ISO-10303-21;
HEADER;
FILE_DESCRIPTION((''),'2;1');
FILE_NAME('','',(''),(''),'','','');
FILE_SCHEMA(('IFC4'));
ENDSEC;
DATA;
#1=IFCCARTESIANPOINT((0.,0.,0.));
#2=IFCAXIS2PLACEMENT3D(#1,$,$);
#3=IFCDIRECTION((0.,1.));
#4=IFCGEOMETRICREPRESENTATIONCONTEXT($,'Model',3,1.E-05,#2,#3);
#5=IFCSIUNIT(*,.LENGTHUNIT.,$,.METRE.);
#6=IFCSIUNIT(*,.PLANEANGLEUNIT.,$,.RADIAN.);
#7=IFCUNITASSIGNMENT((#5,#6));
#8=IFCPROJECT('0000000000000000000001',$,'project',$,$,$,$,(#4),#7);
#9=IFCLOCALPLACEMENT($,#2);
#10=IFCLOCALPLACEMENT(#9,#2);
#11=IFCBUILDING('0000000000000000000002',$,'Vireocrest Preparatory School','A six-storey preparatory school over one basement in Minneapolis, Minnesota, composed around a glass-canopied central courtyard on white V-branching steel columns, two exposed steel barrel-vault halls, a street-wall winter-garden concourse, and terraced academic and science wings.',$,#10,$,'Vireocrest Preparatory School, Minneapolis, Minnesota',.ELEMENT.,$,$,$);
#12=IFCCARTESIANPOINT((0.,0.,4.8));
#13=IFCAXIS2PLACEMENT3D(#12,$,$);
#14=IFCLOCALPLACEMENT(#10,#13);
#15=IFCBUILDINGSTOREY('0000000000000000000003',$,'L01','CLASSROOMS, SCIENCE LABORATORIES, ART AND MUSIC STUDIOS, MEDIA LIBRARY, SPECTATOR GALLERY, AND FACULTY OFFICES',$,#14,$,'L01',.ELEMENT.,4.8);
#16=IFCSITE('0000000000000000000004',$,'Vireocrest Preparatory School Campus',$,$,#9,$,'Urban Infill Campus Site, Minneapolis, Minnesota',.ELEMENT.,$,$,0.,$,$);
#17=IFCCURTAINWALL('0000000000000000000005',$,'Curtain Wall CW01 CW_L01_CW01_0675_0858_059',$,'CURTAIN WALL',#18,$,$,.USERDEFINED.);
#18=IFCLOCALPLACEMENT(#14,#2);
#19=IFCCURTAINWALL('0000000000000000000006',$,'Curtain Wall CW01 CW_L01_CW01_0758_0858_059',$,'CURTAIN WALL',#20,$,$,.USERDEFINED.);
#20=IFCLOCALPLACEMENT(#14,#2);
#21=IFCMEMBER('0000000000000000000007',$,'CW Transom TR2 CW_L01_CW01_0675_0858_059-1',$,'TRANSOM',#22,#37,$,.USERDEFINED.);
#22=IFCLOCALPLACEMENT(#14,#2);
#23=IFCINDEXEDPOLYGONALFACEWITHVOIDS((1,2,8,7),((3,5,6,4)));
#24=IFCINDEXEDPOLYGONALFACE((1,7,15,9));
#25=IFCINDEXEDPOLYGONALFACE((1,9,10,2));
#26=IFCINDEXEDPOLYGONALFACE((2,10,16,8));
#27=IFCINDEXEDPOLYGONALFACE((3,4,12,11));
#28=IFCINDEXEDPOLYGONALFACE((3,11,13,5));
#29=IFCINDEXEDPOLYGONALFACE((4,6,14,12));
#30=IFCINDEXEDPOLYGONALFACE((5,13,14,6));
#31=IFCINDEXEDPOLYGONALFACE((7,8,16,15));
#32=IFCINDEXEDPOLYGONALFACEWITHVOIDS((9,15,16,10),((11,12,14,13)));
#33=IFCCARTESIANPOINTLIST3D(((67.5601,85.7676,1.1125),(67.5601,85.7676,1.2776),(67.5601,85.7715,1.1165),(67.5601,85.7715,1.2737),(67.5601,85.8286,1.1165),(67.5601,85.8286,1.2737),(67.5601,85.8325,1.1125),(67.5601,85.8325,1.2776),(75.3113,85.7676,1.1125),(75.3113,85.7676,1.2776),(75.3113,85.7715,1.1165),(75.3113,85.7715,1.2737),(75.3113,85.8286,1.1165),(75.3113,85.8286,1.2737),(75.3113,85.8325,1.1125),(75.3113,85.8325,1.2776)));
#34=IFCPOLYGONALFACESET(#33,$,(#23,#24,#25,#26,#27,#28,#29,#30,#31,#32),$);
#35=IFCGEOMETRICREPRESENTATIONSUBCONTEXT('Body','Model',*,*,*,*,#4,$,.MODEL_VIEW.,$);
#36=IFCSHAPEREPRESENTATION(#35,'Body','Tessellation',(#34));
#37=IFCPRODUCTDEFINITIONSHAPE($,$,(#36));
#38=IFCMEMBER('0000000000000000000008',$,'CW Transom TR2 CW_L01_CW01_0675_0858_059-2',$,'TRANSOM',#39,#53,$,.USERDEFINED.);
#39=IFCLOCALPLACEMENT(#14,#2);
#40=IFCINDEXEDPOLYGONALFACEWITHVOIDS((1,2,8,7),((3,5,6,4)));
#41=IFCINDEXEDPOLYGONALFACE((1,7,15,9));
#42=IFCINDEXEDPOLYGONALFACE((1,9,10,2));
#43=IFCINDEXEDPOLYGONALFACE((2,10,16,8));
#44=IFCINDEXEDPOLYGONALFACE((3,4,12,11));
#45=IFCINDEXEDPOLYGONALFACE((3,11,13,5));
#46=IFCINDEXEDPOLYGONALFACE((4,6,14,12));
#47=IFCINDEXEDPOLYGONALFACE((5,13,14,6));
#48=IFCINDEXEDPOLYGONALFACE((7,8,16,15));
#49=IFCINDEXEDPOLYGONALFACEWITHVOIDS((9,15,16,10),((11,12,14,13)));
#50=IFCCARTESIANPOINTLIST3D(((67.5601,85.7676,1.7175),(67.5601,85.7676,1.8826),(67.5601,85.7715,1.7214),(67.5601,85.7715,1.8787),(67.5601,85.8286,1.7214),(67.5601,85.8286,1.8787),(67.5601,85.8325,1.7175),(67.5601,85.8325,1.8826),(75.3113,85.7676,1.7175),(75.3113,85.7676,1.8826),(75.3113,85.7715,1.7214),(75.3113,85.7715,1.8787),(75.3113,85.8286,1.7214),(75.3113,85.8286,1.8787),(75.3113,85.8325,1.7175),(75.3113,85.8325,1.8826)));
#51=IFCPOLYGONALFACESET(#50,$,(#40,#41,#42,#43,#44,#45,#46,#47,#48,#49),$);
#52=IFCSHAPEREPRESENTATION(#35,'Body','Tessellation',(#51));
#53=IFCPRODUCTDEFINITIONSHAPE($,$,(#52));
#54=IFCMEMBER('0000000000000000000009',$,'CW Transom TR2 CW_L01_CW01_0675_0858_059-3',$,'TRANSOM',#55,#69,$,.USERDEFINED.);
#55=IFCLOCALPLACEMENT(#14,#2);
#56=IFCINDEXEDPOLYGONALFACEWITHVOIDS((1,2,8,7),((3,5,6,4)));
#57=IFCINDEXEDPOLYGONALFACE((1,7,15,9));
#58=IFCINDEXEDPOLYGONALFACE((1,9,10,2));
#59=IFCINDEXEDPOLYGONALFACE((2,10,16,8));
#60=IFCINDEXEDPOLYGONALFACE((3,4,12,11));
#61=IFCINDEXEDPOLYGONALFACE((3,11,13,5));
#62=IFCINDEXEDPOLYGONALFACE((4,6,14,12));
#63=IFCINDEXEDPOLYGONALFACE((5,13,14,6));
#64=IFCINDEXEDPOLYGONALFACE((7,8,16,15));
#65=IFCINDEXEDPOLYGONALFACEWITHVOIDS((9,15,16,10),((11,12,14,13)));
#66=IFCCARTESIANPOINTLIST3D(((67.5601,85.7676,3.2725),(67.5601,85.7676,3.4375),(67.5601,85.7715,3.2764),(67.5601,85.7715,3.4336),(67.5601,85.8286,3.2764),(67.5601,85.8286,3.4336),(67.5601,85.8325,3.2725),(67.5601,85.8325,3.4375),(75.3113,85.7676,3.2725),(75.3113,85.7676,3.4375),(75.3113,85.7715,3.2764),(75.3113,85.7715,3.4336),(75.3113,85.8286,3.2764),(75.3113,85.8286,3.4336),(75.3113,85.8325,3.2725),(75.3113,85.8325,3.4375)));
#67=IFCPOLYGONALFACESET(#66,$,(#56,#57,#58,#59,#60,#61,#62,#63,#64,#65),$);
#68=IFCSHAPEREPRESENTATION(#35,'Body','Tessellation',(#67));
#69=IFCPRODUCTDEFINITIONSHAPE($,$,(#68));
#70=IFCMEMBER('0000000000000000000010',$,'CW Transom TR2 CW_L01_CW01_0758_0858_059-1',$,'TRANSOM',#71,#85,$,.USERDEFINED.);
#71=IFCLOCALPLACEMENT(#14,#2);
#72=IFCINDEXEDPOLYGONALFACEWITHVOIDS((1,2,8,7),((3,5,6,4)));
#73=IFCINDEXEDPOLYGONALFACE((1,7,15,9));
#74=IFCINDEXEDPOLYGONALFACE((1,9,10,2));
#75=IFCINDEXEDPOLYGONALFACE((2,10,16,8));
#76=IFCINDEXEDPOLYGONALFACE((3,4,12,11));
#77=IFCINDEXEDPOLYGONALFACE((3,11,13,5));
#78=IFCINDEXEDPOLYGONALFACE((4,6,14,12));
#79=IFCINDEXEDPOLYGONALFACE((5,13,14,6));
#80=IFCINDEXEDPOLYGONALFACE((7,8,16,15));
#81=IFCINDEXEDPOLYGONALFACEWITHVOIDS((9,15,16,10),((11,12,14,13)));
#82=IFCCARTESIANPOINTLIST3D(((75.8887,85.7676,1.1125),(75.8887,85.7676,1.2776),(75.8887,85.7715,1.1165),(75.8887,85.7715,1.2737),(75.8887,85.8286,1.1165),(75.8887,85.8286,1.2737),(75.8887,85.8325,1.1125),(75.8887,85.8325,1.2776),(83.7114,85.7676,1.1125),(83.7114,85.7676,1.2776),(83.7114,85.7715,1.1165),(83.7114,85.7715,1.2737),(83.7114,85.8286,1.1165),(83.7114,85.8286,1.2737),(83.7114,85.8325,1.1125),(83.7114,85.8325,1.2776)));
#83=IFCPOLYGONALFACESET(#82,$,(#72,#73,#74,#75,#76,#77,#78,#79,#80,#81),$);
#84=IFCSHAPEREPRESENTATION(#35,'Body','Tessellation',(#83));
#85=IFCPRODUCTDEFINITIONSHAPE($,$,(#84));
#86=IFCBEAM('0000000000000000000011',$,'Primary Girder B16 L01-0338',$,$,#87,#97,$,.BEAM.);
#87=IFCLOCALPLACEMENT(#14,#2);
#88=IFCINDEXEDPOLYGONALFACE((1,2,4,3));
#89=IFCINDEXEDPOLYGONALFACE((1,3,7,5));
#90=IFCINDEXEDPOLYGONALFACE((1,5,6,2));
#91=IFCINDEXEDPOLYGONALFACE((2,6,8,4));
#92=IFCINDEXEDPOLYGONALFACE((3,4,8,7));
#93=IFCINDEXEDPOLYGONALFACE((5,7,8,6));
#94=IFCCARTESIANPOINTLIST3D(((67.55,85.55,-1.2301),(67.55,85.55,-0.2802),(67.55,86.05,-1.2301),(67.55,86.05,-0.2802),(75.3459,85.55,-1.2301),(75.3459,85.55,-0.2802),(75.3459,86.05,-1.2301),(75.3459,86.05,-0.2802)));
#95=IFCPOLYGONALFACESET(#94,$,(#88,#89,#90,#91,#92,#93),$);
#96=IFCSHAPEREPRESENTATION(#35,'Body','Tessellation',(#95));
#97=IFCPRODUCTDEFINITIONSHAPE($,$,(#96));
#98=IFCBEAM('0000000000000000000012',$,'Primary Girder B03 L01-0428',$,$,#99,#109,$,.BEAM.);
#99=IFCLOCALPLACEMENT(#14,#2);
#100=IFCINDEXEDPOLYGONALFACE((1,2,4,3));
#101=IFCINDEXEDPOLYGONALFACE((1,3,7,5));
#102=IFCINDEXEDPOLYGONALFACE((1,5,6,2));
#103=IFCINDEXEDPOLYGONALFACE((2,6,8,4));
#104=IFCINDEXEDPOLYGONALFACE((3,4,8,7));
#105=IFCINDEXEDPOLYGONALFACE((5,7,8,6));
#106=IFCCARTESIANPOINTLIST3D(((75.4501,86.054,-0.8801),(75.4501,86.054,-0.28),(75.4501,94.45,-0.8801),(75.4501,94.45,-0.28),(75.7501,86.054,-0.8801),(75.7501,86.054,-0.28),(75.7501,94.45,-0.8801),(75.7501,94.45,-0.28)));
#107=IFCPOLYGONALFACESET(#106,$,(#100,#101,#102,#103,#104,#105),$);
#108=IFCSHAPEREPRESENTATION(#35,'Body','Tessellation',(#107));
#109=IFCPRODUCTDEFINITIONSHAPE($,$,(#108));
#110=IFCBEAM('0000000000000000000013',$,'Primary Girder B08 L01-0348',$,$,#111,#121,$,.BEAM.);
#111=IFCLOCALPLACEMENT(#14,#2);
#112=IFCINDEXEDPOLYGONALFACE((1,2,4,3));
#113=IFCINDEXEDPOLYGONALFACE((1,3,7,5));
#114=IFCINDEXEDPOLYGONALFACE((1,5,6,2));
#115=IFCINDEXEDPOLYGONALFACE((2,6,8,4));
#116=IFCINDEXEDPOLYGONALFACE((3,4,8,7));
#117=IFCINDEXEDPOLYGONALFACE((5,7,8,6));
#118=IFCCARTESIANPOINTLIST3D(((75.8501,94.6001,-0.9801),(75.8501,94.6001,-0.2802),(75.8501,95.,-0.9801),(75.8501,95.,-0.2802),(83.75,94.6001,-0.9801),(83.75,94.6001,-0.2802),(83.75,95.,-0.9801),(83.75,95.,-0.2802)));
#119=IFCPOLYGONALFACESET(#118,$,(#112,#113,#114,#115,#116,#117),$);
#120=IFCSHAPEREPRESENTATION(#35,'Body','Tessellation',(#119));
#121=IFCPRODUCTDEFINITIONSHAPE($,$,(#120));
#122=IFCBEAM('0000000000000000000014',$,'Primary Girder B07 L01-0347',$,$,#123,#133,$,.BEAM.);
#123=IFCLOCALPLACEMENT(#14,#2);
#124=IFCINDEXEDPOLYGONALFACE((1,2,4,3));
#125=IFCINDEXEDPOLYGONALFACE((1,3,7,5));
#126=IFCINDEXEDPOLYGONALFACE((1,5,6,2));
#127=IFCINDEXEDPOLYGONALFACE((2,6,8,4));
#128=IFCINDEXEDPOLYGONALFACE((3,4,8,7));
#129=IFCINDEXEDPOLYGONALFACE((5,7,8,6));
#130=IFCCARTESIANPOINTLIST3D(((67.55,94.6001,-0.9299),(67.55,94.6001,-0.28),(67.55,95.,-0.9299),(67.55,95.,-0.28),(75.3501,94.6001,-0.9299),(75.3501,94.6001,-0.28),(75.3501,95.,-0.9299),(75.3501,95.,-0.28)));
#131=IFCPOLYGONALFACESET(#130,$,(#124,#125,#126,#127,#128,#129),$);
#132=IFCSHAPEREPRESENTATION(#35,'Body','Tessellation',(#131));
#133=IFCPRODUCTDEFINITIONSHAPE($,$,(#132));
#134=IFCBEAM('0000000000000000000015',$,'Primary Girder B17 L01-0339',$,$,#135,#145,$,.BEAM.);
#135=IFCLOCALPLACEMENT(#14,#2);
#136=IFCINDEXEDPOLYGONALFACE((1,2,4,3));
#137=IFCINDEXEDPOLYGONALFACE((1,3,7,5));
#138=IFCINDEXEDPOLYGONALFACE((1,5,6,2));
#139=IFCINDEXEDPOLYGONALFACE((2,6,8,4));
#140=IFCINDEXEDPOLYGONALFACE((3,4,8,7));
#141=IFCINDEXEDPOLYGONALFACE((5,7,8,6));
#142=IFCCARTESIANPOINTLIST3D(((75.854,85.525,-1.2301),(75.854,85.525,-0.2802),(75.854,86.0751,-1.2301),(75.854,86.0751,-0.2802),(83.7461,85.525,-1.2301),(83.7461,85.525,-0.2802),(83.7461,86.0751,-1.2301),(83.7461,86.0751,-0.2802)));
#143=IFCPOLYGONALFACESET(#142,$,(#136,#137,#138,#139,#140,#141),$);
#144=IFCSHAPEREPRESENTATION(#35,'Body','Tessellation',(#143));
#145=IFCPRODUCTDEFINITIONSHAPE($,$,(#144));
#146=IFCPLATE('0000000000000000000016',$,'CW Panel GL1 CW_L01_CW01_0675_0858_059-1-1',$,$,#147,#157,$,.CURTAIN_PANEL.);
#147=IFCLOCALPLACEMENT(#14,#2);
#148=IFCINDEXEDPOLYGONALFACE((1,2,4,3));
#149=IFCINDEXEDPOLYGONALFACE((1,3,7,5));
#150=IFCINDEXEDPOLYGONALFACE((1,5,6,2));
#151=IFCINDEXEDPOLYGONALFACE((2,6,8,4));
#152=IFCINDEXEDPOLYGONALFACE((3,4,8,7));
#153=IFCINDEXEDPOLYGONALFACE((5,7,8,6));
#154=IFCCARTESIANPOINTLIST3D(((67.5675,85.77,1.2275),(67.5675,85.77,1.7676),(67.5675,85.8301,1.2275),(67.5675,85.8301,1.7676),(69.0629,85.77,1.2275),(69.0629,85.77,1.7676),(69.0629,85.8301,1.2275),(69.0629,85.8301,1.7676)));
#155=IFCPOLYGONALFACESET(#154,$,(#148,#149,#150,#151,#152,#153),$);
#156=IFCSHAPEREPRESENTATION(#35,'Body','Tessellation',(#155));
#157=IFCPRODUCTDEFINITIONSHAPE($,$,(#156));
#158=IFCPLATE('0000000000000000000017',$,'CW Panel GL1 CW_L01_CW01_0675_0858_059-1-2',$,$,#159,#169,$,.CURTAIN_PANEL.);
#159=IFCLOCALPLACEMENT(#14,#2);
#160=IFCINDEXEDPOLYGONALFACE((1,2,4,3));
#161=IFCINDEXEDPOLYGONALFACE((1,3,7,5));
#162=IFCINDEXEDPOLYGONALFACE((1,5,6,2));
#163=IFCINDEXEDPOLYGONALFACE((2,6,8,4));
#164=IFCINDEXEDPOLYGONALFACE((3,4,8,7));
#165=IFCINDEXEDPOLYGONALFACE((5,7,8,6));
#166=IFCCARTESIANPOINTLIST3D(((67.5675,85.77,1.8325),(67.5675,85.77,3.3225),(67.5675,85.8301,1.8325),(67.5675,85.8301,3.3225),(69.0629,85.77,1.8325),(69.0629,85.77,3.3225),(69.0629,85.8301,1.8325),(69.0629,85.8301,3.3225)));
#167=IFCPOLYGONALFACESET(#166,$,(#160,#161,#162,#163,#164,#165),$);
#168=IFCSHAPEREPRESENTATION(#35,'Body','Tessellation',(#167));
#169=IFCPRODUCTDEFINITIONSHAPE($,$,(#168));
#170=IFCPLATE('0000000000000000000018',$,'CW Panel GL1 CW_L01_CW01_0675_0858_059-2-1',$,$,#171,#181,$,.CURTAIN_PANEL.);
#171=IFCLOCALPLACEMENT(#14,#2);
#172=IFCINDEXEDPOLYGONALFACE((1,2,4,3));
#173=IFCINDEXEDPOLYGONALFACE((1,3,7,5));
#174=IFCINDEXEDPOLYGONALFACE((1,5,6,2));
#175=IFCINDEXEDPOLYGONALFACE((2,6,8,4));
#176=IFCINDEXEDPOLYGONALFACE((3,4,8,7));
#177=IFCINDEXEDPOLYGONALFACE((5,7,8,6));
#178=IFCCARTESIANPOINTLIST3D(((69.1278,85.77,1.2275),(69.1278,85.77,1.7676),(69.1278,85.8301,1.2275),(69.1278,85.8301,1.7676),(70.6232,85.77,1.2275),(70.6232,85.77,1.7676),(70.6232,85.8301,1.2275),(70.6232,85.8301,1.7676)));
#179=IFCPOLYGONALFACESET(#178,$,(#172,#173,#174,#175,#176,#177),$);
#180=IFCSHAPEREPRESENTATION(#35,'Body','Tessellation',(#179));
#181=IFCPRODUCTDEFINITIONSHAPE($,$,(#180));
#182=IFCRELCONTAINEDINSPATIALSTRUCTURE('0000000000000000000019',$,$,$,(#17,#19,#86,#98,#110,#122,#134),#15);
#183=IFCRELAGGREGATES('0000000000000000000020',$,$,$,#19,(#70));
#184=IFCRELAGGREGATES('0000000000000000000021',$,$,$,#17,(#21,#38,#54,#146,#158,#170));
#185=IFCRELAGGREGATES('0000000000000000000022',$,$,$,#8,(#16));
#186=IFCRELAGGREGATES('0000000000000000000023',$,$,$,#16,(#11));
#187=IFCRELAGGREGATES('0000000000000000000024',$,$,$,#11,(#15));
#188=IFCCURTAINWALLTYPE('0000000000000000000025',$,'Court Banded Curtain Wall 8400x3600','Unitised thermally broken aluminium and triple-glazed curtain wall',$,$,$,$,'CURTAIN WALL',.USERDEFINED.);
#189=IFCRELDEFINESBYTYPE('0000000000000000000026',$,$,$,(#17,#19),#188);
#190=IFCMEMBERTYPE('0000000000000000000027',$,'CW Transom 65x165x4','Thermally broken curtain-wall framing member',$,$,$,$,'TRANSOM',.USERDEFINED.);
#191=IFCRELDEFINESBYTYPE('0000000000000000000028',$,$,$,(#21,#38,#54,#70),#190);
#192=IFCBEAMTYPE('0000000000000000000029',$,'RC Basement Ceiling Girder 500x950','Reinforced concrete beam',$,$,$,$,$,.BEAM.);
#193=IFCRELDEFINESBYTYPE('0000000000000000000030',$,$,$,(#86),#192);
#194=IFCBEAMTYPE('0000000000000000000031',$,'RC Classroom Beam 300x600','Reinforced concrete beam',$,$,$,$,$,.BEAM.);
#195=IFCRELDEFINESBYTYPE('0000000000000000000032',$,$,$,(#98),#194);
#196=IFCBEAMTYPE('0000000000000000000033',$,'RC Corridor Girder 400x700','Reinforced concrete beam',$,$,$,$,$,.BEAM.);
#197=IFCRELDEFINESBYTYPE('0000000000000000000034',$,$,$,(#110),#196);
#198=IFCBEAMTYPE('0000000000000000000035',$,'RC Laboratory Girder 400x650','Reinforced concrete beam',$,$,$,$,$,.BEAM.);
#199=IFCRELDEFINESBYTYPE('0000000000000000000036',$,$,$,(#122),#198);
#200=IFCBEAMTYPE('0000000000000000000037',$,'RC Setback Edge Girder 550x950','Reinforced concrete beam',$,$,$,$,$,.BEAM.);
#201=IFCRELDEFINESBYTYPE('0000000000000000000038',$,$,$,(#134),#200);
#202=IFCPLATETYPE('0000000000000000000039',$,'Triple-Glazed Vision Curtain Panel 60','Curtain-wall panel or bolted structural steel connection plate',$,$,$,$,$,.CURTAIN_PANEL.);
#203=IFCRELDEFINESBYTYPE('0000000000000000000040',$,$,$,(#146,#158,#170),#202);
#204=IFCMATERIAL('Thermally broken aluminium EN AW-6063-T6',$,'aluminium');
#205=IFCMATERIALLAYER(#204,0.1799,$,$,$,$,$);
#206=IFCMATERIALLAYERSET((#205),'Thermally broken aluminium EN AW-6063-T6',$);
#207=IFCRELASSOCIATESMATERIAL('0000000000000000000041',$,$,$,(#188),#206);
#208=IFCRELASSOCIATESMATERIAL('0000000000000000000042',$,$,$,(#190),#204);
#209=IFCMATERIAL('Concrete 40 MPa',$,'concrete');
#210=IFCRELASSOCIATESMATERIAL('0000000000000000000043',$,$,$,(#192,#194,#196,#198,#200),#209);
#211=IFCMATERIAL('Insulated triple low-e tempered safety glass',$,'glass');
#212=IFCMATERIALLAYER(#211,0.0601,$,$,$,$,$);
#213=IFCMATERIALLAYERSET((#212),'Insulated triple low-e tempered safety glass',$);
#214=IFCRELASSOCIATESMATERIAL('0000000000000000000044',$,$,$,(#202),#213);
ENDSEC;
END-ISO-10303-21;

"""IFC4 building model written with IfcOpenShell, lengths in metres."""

from ifc_helpers import new_model, si_unit, direction, frame, origin, origin_2d, place, context, subcontext, project, spatial, rectangle, hollow_rectangle, extrude, material, layer, layer_set, material_profile, profile_set, type_object, element, aggregate, save


model = new_model("IFC4")

# Units and contexts
model_context = context("Model", 3, precision=1e-05, world=origin(), true_north=direction((0.0, 1.0)))
body_context = subcontext(model_context, "Body", "Model", "MODEL_VIEW")
ifc_project = project(units=[si_unit("LENGTHUNIT", "METRE"), si_unit("PLANEANGLEUNIT", "RADIAN")], contexts=[model_context])

# Site, building, storey
site_placement = place(None, origin())
site = spatial("IfcSite", under=ifc_project, at=site_placement, Name="Vireocrest Preparatory School Campus", LongName="Urban Infill Campus Site, Minneapolis, Minnesota", CompositionType="ELEMENT", RefElevation=0.0)
building_placement = place(site_placement, origin())
building = spatial("IfcBuilding", under=site, at=building_placement, Name="Vireocrest Preparatory School", Description="A six-storey preparatory school over one basement in Minneapolis, Minnesota, composed around a glass-canopied central courtyard on white V-branching steel columns, two exposed steel barrel-vault halls, a street-wall winter-garden concourse, and terraced academic and science wings.", LongName="Vireocrest Preparatory School, Minneapolis, Minnesota", CompositionType="ELEMENT")
storey_placement = place(building_placement, frame((0.0, 0.0, 4.8)))
storey = spatial("IfcBuildingStorey", under=building, at=storey_placement, Name="L01", Description="CLASSROOMS, SCIENCE LABORATORIES, ART AND MUSIC STUDIOS, MEDIA LIBRARY, SPECTATOR GALLERY, AND FACULTY OFFICES", LongName="L01", CompositionType="ELEMENT", Elevation=4.8)

# Curtain wall
ifc_material_1 = material(Name="Thermally broken aluminium EN AW-6063-T6", Category="aluminium")
ifc_layer_1 = layer(ifc_material_1, 0.1799)
ifc_layer_set_1 = layer_set([ifc_layer_1], Name="Thermally broken aluminium EN AW-6063-T6")
curtain_wall_type = type_object("IfcCurtainWallType", Name="Court Banded Curtain Wall 8400x3600", Description="Unitised thermally broken aluminium and triple-glazed curtain wall", ElementType="CURTAIN WALL", PredefinedType="USERDEFINED", material=ifc_layer_set_1)
curtain_wall_1_placement = place(storey_placement, origin())
curtain_wall_1 = element("IfcCurtainWall", 1, at=curtain_wall_1_placement, inside=storey, type_object=curtain_wall_type, Name="Curtain Wall CW01 CW_L01_CW01_0675_0858_059", ObjectType="CURTAIN WALL", PredefinedType="USERDEFINED")

# Curtain wall
curtain_wall_2_placement = place(storey_placement, origin())
curtain_wall_2 = element("IfcCurtainWall", 2, at=curtain_wall_2_placement, inside=storey, type_object=curtain_wall_type, Name="Curtain Wall CW01 CW_L01_CW01_0758_0858_059", ObjectType="CURTAIN WALL", PredefinedType="USERDEFINED")

# Members
ifc_material_profile_1 = material_profile(ifc_material_1, hollow_rectangle(XDim=0.0649, YDim=0.165, WallThickness=0.0039, at=origin_2d()), Name="ALU 65x165x4")
ifc_profile_set_1 = profile_set([ifc_material_profile_1], Name="Thermally broken aluminium EN AW-6063-T6")
member_type_1 = type_object("IfcMemberType", Name="CW Transom 65x165x4", Description="Thermally broken curtain-wall framing member", ElementType="TRANSOM", PredefinedType="USERDEFINED", material=ifc_profile_set_1)
member_1_placement = place(storey_placement, frame((67.5601, 85.8, 1.1951), z_axis=(1.0, 0.0, 0.0), x_axis=(0.0, 1.0, 0.0)))
member_1 = element("IfcMember", 3, at=member_1_placement, type_object=member_type_1, Name="CW Transom TR2 CW_L01_CW01_0675_0858_059-1", ObjectType="TRANSOM", PredefinedType="USERDEFINED", context=body_context, shape_type="SweptSolid", body=[
    extrude(hollow_rectangle(XDim=0.0649, YDim=0.165, WallThickness=0.0039, at=origin_2d()), origin(), (0.0, 0.0, 1.0), 7.7512),
])
member_2_placement = place(storey_placement, frame((67.5601, 85.8, 1.8), z_axis=(1.0, 0.0, 0.0), x_axis=(0.0, 1.0, 0.0)))
member_2 = element("IfcMember", 4, at=member_2_placement, type_object=member_type_1, Name="CW Transom TR2 CW_L01_CW01_0675_0858_059-2", ObjectType="TRANSOM", PredefinedType="USERDEFINED", context=body_context, shape_type="SweptSolid", body=[
    extrude(hollow_rectangle(XDim=0.0649, YDim=0.165, WallThickness=0.0039, at=origin_2d()), origin(), (0.0, 0.0, 1.0), 7.7512),
])
member_3_placement = place(storey_placement, frame((67.5601, 85.8, 3.355), z_axis=(1.0, 0.0, 0.0), x_axis=(0.0, 1.0, 0.0)))
member_3 = element("IfcMember", 5, at=member_3_placement, type_object=member_type_1, Name="CW Transom TR2 CW_L01_CW01_0675_0858_059-3", ObjectType="TRANSOM", PredefinedType="USERDEFINED", context=body_context, shape_type="SweptSolid", body=[
    extrude(hollow_rectangle(XDim=0.0649, YDim=0.165, WallThickness=0.0039, at=origin_2d()), origin(), (0.0, 0.0, 1.0), 7.7512),
])
member_4_placement = place(storey_placement, frame((75.8887, 85.8, 1.1951), z_axis=(1.0, 0.0, 0.0), x_axis=(0.0, 1.0, 0.0)))
member_4 = element("IfcMember", 6, at=member_4_placement, type_object=member_type_1, Name="CW Transom TR2 CW_L01_CW01_0758_0858_059-1", ObjectType="TRANSOM", PredefinedType="USERDEFINED", context=body_context, shape_type="SweptSolid", body=[
    extrude(hollow_rectangle(XDim=0.0649, YDim=0.165, WallThickness=0.0039, at=origin_2d()), origin(), (0.0, 0.0, 1.0), 7.8228),
])
aggregate(curtain_wall_2, [member_4])

# Beams
ifc_material_2 = material(Name="Concrete 40 MPa", Category="concrete")
ifc_material_profile_2 = material_profile(ifc_material_2, rectangle(XDim=0.5, YDim=0.95, at=origin_2d()), Name="RC 500x950")
ifc_profile_set_2 = profile_set([ifc_material_profile_2], Name="Concrete 40 MPa")
beam_type_1 = type_object("IfcBeamType", Name="RC Basement Ceiling Girder 500x950", Description="Reinforced concrete beam", PredefinedType="BEAM", material=ifc_profile_set_2)
beam_1_placement = place(storey_placement, frame((67.55, 85.8, -0.7551), z_axis=(1.0, 0.0, 0.0), x_axis=(0.0, 1.0, 0.0)))
element("IfcBeam", 7, at=beam_1_placement, inside=storey, type_object=beam_type_1, Name="Primary Girder B16 L01-0338", PredefinedType="BEAM", context=body_context, shape_type="SweptSolid", body=[
    extrude(rectangle(XDim=0.5, YDim=0.95, at=origin_2d()), origin(), (0.0, 0.0, 1.0), 7.7959),
])
ifc_material_profile_3 = material_profile(ifc_material_2, rectangle(XDim=0.3, YDim=0.6001, at=origin_2d()), Name="RC 300x600")
ifc_profile_set_3 = profile_set([ifc_material_profile_3], Name="Concrete 40 MPa")
beam_type_2 = type_object("IfcBeamType", Name="RC Classroom Beam 300x600", Description="Reinforced concrete beam", PredefinedType="BEAM", material=ifc_profile_set_3)
beam_2_placement = place(storey_placement, frame((75.6001, 86.054, -0.5801), z_axis=(0.0, 1.0, 0.0), x_axis=(-1.0, 0.0, 0.0)))
element("IfcBeam", 8, at=beam_2_placement, inside=storey, type_object=beam_type_2, Name="Primary Girder B03 L01-0428", PredefinedType="BEAM", context=body_context, shape_type="SweptSolid", body=[
    extrude(rectangle(XDim=0.3, YDim=0.6001, at=origin_2d()), origin(), (0.0, 0.0, 1.0), 8.396),
])
ifc_material_profile_4 = material_profile(ifc_material_2, rectangle(XDim=0.3999, YDim=0.7, at=origin_2d()), Name="RC 400x700")
ifc_profile_set_4 = profile_set([ifc_material_profile_4], Name="Concrete 40 MPa")
beam_type_3 = type_object("IfcBeamType", Name="RC Corridor Girder 400x700", Description="Reinforced concrete beam", PredefinedType="BEAM", material=ifc_profile_set_4)
beam_3_placement = place(storey_placement, frame((75.8501, 94.8, -0.6301), z_axis=(1.0, 0.0, 0.0), x_axis=(0.0, 1.0, 0.0)))
element("IfcBeam", 9, at=beam_3_placement, inside=storey, type_object=beam_type_3, Name="Primary Girder B08 L01-0348", PredefinedType="BEAM", context=body_context, shape_type="SweptSolid", body=[
    extrude(rectangle(XDim=0.3999, YDim=0.7, at=origin_2d()), origin(), (0.0, 0.0, 1.0), 7.8999),
])
ifc_material_profile_5 = material_profile(ifc_material_2, rectangle(XDim=0.3999, YDim=0.6499, at=origin_2d()), Name="RC 400x650")
ifc_profile_set_5 = profile_set([ifc_material_profile_5], Name="Concrete 40 MPa")
beam_type_4 = type_object("IfcBeamType", Name="RC Laboratory Girder 400x650", Description="Reinforced concrete beam", PredefinedType="BEAM", material=ifc_profile_set_5)
beam_4_placement = place(storey_placement, frame((67.55, 94.8, -0.605), z_axis=(1.0, 0.0, 0.0), x_axis=(0.0, 1.0, 0.0)))
element("IfcBeam", 10, at=beam_4_placement, inside=storey, type_object=beam_type_4, Name="Primary Girder B07 L01-0347", PredefinedType="BEAM", context=body_context, shape_type="SweptSolid", body=[
    extrude(rectangle(XDim=0.3999, YDim=0.6499, at=origin_2d()), origin(), (0.0, 0.0, 1.0), 7.8),
])
ifc_material_profile_6 = material_profile(ifc_material_2, rectangle(XDim=0.55, YDim=0.95, at=origin_2d()), Name="RC 550x950")
ifc_profile_set_6 = profile_set([ifc_material_profile_6], Name="Concrete 40 MPa")
beam_type_5 = type_object("IfcBeamType", Name="RC Setback Edge Girder 550x950", Description="Reinforced concrete beam", PredefinedType="BEAM", material=ifc_profile_set_6)
beam_5_placement = place(storey_placement, frame((75.854, 85.8, -0.7551), z_axis=(1.0, 0.0, 0.0), x_axis=(0.0, 1.0, 0.0)))
element("IfcBeam", 11, at=beam_5_placement, inside=storey, type_object=beam_type_5, Name="Primary Girder B17 L01-0339", PredefinedType="BEAM", context=body_context, shape_type="SweptSolid", body=[
    extrude(rectangle(XDim=0.55, YDim=0.95, at=origin_2d()), origin(), (0.0, 0.0, 1.0), 7.8921),
])

# Plates
ifc_material_3 = material(Name="Insulated triple low-e tempered safety glass", Category="glass")
ifc_layer_2 = layer(ifc_material_3, 0.0601)
ifc_layer_set_2 = layer_set([ifc_layer_2], Name="Insulated triple low-e tempered safety glass")
plate_type = type_object("IfcPlateType", Name="Triple-Glazed Vision Curtain Panel 60", Description="Curtain-wall panel or bolted structural steel connection plate", PredefinedType="CURTAIN_PANEL", material=ifc_layer_set_2)
plate_1_placement = place(storey_placement, frame((68.3152, 85.8, 1.2275), z_axis=(0.0, 0.0, 1.0), x_axis=(1.0, 0.0, 0.0)))
plate_1 = element("IfcPlate", 12, at=plate_1_placement, type_object=plate_type, Name="CW Panel GL1 CW_L01_CW01_0675_0858_059-1-1", PredefinedType="CURTAIN_PANEL", context=body_context, shape_type="SweptSolid", body=[
    extrude(rectangle(XDim=1.4954, YDim=0.0601, at=origin_2d()), origin(), (0.0, 0.0, 1.0), 0.54),
])
plate_2_placement = place(storey_placement, frame((68.3152, 85.8, 1.8325), z_axis=(0.0, 0.0, 1.0), x_axis=(1.0, 0.0, 0.0)))
plate_2 = element("IfcPlate", 13, at=plate_2_placement, type_object=plate_type, Name="CW Panel GL1 CW_L01_CW01_0675_0858_059-1-2", PredefinedType="CURTAIN_PANEL", context=body_context, shape_type="SweptSolid", body=[
    extrude(rectangle(XDim=1.4954, YDim=0.0601, at=origin_2d()), origin(), (0.0, 0.0, 1.0), 1.49),
])
plate_3_placement = place(storey_placement, frame((69.8755, 85.8, 1.2275), z_axis=(0.0, 0.0, 1.0), x_axis=(1.0, 0.0, 0.0)))
plate_3 = element("IfcPlate", 14, at=plate_3_placement, type_object=plate_type, Name="CW Panel GL1 CW_L01_CW01_0675_0858_059-2-1", PredefinedType="CURTAIN_PANEL", context=body_context, shape_type="SweptSolid", body=[
    extrude(rectangle(XDim=1.4954, YDim=0.0601, at=origin_2d()), origin(), (0.0, 0.0, 1.0), 0.54),
])
aggregate(curtain_wall_1, [member_1, member_2, member_3, plate_1, plate_2, plate_3])

save(model, "model.ifc")
